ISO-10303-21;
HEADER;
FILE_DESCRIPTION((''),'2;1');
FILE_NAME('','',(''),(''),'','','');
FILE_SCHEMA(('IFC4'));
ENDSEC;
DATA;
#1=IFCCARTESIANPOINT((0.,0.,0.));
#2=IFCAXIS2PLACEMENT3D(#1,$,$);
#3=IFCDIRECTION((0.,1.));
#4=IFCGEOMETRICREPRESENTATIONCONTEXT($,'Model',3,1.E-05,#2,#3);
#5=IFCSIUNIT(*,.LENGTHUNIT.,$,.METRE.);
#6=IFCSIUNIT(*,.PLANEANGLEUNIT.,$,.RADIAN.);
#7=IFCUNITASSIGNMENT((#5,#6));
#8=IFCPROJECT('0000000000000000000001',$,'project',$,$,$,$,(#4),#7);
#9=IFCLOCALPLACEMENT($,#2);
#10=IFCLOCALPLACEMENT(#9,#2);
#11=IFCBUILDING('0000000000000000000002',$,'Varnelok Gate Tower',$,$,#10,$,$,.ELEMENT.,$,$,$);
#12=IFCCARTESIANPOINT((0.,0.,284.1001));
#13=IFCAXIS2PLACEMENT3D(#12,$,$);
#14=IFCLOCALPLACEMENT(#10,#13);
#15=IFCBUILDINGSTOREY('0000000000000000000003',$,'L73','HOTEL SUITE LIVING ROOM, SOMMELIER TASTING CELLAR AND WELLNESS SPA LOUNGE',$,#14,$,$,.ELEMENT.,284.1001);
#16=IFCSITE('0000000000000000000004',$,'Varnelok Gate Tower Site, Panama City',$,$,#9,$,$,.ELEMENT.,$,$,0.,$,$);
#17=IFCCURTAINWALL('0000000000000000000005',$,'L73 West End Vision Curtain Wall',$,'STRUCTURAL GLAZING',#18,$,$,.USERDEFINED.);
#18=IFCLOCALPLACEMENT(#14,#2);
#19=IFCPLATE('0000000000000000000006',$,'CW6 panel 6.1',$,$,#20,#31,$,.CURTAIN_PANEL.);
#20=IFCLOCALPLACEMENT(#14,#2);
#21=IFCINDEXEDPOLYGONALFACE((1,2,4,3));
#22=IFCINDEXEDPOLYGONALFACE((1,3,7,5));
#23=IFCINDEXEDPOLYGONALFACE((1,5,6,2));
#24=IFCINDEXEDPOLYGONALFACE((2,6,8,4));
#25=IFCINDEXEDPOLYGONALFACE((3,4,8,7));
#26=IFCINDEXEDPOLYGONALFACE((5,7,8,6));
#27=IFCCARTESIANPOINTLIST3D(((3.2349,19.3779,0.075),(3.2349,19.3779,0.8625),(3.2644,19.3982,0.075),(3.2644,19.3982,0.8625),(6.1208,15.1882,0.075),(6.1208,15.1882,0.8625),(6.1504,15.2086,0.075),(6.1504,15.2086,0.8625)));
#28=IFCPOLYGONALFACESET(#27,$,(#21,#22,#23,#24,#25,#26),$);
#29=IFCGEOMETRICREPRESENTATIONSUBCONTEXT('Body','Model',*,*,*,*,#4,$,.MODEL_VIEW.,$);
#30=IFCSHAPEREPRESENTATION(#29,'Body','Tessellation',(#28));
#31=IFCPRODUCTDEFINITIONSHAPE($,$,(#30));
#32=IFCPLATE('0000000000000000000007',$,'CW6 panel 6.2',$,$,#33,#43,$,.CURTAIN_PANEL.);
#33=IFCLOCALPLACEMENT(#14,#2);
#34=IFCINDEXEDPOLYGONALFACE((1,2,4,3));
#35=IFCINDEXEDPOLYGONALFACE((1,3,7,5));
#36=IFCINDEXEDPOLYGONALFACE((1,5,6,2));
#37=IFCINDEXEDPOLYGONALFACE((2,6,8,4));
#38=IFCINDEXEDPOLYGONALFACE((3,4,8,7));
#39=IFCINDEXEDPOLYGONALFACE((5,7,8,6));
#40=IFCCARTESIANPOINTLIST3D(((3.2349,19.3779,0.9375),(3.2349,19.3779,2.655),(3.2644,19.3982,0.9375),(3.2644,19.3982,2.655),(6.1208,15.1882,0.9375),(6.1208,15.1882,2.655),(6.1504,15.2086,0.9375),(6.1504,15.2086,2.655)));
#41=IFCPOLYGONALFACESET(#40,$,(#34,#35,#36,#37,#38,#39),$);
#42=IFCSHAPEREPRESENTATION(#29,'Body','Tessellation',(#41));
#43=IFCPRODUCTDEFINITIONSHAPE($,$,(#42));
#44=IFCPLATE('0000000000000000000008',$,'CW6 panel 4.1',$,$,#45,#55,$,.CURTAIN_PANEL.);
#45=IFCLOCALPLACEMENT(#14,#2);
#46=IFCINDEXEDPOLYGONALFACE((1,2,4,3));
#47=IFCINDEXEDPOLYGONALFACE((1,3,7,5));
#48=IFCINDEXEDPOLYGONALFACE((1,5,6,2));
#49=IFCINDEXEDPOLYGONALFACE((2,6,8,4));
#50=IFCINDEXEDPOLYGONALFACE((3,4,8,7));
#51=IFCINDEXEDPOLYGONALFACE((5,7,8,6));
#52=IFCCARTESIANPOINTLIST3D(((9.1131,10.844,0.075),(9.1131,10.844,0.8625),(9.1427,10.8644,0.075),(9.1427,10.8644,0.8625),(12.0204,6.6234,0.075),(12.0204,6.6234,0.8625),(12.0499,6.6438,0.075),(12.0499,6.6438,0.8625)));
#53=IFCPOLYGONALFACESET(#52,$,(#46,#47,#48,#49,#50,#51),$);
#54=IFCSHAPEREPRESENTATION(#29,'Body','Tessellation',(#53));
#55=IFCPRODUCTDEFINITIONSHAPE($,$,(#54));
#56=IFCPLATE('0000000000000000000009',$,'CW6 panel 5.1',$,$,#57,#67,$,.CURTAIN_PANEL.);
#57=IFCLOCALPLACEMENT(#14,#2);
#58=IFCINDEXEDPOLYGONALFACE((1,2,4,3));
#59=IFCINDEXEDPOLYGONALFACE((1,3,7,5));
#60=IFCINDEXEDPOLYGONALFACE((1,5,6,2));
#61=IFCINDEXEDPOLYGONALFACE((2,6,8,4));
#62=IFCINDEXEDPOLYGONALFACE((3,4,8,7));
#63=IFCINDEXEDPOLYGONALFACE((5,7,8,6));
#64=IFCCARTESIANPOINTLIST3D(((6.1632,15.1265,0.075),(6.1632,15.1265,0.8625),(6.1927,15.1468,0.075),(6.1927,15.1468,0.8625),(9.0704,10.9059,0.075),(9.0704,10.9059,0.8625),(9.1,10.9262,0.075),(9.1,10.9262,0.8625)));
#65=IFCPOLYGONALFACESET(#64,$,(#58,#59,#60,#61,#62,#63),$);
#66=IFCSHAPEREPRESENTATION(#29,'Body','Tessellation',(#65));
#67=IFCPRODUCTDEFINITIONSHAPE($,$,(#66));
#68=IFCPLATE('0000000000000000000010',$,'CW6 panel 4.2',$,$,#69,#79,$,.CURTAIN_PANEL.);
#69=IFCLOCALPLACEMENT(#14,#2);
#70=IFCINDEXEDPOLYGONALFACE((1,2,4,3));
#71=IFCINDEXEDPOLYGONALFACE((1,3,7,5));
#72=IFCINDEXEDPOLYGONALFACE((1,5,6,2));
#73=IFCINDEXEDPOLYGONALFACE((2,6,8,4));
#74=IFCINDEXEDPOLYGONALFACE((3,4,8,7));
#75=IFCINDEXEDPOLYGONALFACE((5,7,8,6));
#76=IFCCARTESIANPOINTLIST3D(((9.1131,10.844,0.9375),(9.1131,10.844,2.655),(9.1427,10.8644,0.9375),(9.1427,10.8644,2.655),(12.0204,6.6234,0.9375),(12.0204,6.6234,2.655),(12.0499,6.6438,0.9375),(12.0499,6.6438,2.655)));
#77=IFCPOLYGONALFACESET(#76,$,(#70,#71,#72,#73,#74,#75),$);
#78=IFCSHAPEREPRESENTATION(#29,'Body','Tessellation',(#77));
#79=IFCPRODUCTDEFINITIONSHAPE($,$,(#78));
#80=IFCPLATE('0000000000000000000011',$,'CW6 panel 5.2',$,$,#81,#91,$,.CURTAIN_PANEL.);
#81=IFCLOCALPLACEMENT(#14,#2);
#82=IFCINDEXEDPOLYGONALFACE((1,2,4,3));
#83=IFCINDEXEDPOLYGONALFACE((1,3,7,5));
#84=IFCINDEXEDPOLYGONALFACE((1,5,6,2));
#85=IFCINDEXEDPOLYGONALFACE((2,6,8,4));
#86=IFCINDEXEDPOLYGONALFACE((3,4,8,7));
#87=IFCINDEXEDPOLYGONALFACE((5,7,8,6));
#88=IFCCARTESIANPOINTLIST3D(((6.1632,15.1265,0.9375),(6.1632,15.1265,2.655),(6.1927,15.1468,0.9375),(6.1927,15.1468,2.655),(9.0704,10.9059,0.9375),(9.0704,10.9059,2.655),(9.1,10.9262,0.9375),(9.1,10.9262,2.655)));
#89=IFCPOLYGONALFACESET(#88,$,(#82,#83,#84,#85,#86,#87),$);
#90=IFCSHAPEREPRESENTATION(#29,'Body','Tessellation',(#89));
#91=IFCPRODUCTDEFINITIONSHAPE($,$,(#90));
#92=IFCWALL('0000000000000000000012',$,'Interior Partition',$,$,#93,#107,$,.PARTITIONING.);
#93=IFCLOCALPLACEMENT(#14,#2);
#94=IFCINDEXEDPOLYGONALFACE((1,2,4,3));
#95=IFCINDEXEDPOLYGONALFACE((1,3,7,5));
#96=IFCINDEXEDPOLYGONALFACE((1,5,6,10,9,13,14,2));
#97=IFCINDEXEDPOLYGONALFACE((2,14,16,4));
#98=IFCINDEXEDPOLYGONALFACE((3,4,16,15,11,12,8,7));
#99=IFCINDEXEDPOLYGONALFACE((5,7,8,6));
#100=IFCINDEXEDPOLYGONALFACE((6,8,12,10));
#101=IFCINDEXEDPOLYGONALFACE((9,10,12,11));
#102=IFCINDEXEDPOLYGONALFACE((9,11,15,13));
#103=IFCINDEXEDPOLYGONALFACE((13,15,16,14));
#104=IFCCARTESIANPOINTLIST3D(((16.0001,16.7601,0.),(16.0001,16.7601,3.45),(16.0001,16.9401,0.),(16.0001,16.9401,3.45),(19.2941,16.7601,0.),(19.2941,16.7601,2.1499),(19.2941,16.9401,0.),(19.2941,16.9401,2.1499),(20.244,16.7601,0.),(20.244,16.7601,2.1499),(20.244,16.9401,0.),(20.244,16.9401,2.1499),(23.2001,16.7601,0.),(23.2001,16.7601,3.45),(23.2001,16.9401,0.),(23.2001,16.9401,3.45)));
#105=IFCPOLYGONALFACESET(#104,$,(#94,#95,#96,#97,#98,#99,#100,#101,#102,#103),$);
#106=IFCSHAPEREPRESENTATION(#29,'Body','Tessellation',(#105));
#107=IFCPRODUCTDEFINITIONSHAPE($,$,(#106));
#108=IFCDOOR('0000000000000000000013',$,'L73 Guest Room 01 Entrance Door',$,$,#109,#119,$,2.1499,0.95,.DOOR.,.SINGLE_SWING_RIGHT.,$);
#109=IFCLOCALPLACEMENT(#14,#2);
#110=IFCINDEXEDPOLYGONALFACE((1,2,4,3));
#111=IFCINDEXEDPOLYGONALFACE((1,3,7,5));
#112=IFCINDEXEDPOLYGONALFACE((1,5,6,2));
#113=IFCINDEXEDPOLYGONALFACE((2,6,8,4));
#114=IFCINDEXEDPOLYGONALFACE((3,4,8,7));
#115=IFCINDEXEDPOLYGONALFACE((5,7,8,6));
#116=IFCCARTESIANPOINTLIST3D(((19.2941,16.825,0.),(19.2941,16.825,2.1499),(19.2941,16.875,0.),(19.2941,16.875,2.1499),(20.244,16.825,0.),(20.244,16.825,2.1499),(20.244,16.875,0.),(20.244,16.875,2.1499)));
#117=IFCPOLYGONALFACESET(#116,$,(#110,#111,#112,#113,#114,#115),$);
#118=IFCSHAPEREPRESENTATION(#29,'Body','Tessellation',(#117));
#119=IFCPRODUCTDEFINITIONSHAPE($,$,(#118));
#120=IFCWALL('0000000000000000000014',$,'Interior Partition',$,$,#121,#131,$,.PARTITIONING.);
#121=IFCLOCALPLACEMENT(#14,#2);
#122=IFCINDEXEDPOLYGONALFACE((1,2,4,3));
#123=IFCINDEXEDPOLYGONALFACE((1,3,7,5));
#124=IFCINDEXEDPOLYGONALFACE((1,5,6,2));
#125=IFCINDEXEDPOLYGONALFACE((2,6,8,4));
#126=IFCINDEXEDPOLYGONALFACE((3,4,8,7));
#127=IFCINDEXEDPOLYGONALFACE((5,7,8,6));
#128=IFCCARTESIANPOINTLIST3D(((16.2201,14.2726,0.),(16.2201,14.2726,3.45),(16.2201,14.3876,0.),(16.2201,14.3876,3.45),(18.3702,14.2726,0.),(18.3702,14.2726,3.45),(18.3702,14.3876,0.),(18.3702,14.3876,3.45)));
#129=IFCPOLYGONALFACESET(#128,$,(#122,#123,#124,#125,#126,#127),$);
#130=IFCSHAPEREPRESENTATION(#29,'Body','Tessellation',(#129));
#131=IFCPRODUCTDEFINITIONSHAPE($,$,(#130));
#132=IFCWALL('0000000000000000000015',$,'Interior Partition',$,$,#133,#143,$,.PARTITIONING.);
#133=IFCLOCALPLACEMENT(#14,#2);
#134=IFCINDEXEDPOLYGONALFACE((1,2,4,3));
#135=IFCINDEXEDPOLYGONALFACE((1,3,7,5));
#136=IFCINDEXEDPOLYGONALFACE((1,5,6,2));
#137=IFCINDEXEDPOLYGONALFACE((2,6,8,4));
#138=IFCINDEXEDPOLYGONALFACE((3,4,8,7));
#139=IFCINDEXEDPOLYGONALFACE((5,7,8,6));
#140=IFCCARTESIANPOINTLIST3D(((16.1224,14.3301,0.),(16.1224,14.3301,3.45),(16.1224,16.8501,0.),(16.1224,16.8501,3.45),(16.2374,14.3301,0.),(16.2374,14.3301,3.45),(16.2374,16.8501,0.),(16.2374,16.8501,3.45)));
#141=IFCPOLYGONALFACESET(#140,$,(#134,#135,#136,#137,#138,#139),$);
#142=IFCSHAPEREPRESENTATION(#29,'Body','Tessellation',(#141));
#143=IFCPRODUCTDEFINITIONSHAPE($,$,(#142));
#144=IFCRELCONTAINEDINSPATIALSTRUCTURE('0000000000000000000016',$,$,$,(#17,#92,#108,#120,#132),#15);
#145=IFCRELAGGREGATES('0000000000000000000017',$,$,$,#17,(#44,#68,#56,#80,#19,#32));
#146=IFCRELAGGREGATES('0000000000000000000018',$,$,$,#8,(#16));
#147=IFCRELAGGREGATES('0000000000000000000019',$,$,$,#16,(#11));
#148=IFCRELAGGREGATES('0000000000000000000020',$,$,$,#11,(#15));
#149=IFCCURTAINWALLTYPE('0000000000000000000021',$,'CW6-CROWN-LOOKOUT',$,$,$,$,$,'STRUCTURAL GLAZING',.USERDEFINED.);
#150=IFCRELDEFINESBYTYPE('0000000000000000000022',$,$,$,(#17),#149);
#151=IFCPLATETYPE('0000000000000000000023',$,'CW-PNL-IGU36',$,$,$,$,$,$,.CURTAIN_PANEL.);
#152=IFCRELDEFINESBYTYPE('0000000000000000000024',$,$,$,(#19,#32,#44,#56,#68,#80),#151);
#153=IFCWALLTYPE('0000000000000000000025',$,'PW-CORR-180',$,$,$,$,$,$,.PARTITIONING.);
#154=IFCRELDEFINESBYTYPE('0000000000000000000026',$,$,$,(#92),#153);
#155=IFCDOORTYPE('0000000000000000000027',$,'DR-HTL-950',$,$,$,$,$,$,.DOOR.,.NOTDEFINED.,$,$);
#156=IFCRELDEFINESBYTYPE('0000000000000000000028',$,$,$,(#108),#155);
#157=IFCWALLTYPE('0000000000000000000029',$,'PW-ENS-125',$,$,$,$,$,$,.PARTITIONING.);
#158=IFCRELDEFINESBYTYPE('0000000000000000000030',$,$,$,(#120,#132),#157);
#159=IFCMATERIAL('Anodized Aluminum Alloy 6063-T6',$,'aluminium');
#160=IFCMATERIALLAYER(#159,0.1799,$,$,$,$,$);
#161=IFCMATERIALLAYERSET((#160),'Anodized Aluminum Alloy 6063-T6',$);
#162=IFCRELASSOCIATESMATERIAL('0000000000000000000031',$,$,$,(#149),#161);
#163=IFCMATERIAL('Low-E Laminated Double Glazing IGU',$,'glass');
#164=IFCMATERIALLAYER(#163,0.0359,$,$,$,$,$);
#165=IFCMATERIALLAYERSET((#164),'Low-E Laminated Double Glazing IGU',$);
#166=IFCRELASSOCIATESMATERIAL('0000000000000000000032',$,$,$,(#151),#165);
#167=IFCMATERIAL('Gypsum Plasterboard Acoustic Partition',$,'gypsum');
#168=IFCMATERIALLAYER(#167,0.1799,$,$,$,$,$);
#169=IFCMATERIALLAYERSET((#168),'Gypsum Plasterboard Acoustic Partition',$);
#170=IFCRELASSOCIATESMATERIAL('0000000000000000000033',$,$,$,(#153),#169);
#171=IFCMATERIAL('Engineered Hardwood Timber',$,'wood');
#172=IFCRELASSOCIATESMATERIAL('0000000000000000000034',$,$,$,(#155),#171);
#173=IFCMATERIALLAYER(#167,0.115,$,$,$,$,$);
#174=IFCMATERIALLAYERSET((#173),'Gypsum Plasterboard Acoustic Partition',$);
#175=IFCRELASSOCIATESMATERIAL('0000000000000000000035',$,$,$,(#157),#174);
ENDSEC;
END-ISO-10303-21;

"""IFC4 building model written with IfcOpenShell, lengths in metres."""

from ifc_helpers import new_model, si_unit, direction, frame, frame_2d, origin, origin_2d, place, context, subcontext, project, spatial, rectangle, extrude, source, transform, mapped, material, layer, layer_set, type_object, element, fill, aggregate, save


model = new_model("IFC4")

# Units and contexts
model_context = context("Model", 3, precision=1e-05, world=origin(), true_north=direction((0.0, 1.0)))
body_context = subcontext(model_context, "Body", "Model", "MODEL_VIEW")
ifc_project = project(units=[si_unit("LENGTHUNIT", "METRE"), si_unit("PLANEANGLEUNIT", "RADIAN")], contexts=[model_context])

# Site, building, storey
site_placement = place(None, origin())
site = spatial("IfcSite", under=ifc_project, at=site_placement, Name="Varnelok Gate Tower Site, Panama City", CompositionType="ELEMENT", RefElevation=0.0)
building_placement = place(site_placement, origin())
building = spatial("IfcBuilding", under=site, at=building_placement, Name="Varnelok Gate Tower", CompositionType="ELEMENT")
storey_placement = place(building_placement, frame((0.0, 0.0, 284.1001)))
storey = spatial("IfcBuildingStorey", under=building, at=storey_placement, Name="L73", Description="HOTEL SUITE LIVING ROOM, SOMMELIER TASTING CELLAR AND WELLNESS SPA LOUNGE", CompositionType="ELEMENT", Elevation=284.1001)

# Curtain wall, plates
ifc_material_1 = material(Name="Anodized Aluminum Alloy 6063-T6", Category="aluminium")
ifc_layer_1 = layer(ifc_material_1, 0.1799)
ifc_layer_set_1 = layer_set([ifc_layer_1], Name="Anodized Aluminum Alloy 6063-T6")
curtain_wall_type = type_object("IfcCurtainWallType", Name="CW6-CROWN-LOOKOUT", ElementType="STRUCTURAL GLAZING", PredefinedType="USERDEFINED", material=ifc_layer_set_1)
curtain_wall_placement = place(storey_placement, origin())
curtain_wall = element("IfcCurtainWall", 1, at=curtain_wall_placement, inside=storey, type_object=curtain_wall_type, Name="L73 West End Vision Curtain Wall", ObjectType="STRUCTURAL GLAZING", PredefinedType="USERDEFINED")
ifc_material_2 = material(Name="Low-E Laminated Double Glazing IGU", Category="glass")
ifc_layer_2 = layer(ifc_material_2, 0.0359)
ifc_layer_set_2 = layer_set([ifc_layer_2], Name="Low-E Laminated Double Glazing IGU")
plate_type = type_object("IfcPlateType", Name="CW-PNL-IGU36", PredefinedType="CURTAIN_PANEL", material=ifc_layer_set_2)
shared_shape_1 = source(origin(), body_context, "Body", "SweptSolid", [
    extrude(rectangle(XDim=5.0874, YDim=0.0359, at=origin_2d()), origin(), (0.0, 0.0, 1.0), 0.7876),
])
plate_1_placement = place(storey_placement, frame((4.6926, 17.2932, 0.075), z_axis=(0.0, 0.0, 1.0), x_axis=(-0.567269, 0.823532, 0.0)))
plate_1 = element("IfcPlate", 2, at=plate_1_placement, type_object=plate_type, Name="CW6 panel 6.1", PredefinedType="CURTAIN_PANEL", context=body_context, shape_type="MappedRepresentation", body=[
    mapped(shared_shape_1, transform((0.0, 0.0, 0.0), scale=1.0)),
])
shared_shape_2 = source(origin(), body_context, "Body", "SweptSolid", [
    extrude(rectangle(XDim=5.0874, YDim=0.0359, at=origin_2d()), origin(), (0.0, 0.0, 1.0), 1.7175),
])
plate_2_placement = place(storey_placement, frame((4.6926, 17.2932, 0.9375), z_axis=(0.0, 0.0, 1.0), x_axis=(-0.567269, 0.823532, 0.0)))
plate_2 = element("IfcPlate", 3, at=plate_2_placement, type_object=plate_type, Name="CW6 panel 6.2", PredefinedType="CURTAIN_PANEL", context=body_context, shape_type="MappedRepresentation", body=[
    mapped(shared_shape_2, transform((0.0, 0.0, 0.0), scale=1.0)),
])
shared_shape_3 = source(origin(), body_context, "Body", "SweptSolid", [
    extrude(rectangle(XDim=5.125, YDim=0.0359, at=origin_2d()), origin(), (0.0, 0.0, 1.0), 0.7876),
])
plate_3_placement = place(storey_placement, frame((10.5815, 8.7439, 0.075), z_axis=(0.0, 0.0, 1.0), x_axis=(-0.567269, 0.823532, 0.0)))
plate_3 = element("IfcPlate", 4, at=plate_3_placement, type_object=plate_type, Name="CW6 panel 4.1", PredefinedType="CURTAIN_PANEL", context=body_context, shape_type="MappedRepresentation", body=[
    mapped(shared_shape_3, transform((0.0, 0.0, 0.0), scale=1.0)),
])
plate_4_placement = place(storey_placement, frame((7.6316, 13.0264, 0.075), z_axis=(0.0, 0.0, 1.0), x_axis=(-0.567269, 0.823532, 0.0)))
plate_4 = element("IfcPlate", 5, at=plate_4_placement, type_object=plate_type, Name="CW6 panel 5.1", PredefinedType="CURTAIN_PANEL", context=body_context, shape_type="MappedRepresentation", body=[
    mapped(shared_shape_3, transform((0.0, 0.0, 0.0), scale=1.0)),
])
shared_shape_4 = source(origin(), body_context, "Body", "SweptSolid", [
    extrude(rectangle(XDim=5.125, YDim=0.0359, at=origin_2d()), origin(), (0.0, 0.0, 1.0), 1.7175),
])
plate_5_placement = place(storey_placement, frame((10.5815, 8.7439, 0.9375), z_axis=(0.0, 0.0, 1.0), x_axis=(-0.567269, 0.823532, 0.0)))
plate_5 = element("IfcPlate", 6, at=plate_5_placement, type_object=plate_type, Name="CW6 panel 4.2", PredefinedType="CURTAIN_PANEL", context=body_context, shape_type="MappedRepresentation", body=[
    mapped(shared_shape_4, transform((0.0, 0.0, 0.0), scale=1.0)),
])
plate_6_placement = place(storey_placement, frame((7.6316, 13.0264, 0.9375), z_axis=(0.0, 0.0, 1.0), x_axis=(-0.567269, 0.823532, 0.0)))
plate_6 = element("IfcPlate", 7, at=plate_6_placement, type_object=plate_type, Name="CW6 panel 5.2", PredefinedType="CURTAIN_PANEL", context=body_context, shape_type="MappedRepresentation", body=[
    mapped(shared_shape_4, transform((0.0, 0.0, 0.0), scale=1.0)),
])
aggregate(curtain_wall, [plate_3, plate_5, plate_4, plate_6, plate_1, plate_2])

# Wall, opening, door
ifc_material_3 = material(Name="Gypsum Plasterboard Acoustic Partition", Category="gypsum")
ifc_layer_3 = layer(ifc_material_3, 0.1799)
ifc_layer_set_3 = layer_set([ifc_layer_3], Name="Gypsum Plasterboard Acoustic Partition")
wall_type_1 = type_object("IfcWallType", Name="PW-CORR-180", PredefinedType="PARTITIONING", material=ifc_layer_set_3)
wall_1_placement = place(storey_placement, frame((16.0, 16.8501, 0.0), z_axis=(0.0, 0.0, 1.0), x_axis=(1.0, 0.0, 0.0)))
wall_1 = element("IfcWall", 8, at=wall_1_placement, inside=storey, type_object=wall_type_1, Name="Interior Partition", PredefinedType="PARTITIONING", context=body_context, shape_type="SweptSolid", body=[
    extrude(rectangle(XDim=7.2, YDim=0.1799, at=frame_2d((3.6001, 0.0))), origin(), (0.0, 0.0, 1.0), 3.45),
])
opening_placement = place(wall_1_placement, frame((3.2939, 0.0, 0.0)))
opening = element("IfcOpeningElement", 9, at=opening_placement, cuts=wall_1, PredefinedType="OPENING", context=body_context, shape_type="SweptSolid", body=[
    extrude(rectangle(XDim=0.95, YDim=2.1499, at=frame_2d((0.4751, 1.075))), frame((0.0, 0.0999, 0.0), z_axis=(0.0, -1.0, 0.0), x_axis=(1.0, 0.0, 0.0)), (0.0, 0.0, 1.0), 0.2),
])
ifc_material_4 = material(Name="Engineered Hardwood Timber", Category="wood")
door_type = type_object("IfcDoorType", Name="DR-HTL-950", OperationType="NOTDEFINED", PredefinedType="DOOR", material=ifc_material_4)
door_placement = place(opening_placement, origin())
door = element("IfcDoor", 10, at=door_placement, inside=storey, type_object=door_type, Name="L73 Guest Room 01 Entrance Door", OperationType="SINGLE_SWING_RIGHT", OverallHeight=2.1499, OverallWidth=0.95, PredefinedType="DOOR", context=body_context, shape_type="SweptSolid", body=[
    extrude(rectangle(XDim=0.95, YDim=2.1499, at=frame_2d((0.4751, 1.075))), frame((0.0, 0.0249, 0.0), z_axis=(0.0, -1.0, 0.0), x_axis=(1.0, 0.0, 0.0)), (0.0, 0.0, 1.0), 0.05),
])
fill(opening, door)

# Walls
ifc_layer_4 = layer(ifc_material_3, 0.115)
ifc_layer_set_4 = layer_set([ifc_layer_4], Name="Gypsum Plasterboard Acoustic Partition")
wall_type_2 = type_object("IfcWallType", Name="PW-ENS-125", PredefinedType="PARTITIONING", material=ifc_layer_set_4)
wall_2_placement = place(storey_placement, frame((16.22, 14.3301, 0.0), z_axis=(0.0, 0.0, 1.0), x_axis=(1.0, 0.0, 0.0)))
element("IfcWall", 11, at=wall_2_placement, inside=storey, type_object=wall_type_2, Name="Interior Partition", PredefinedType="PARTITIONING", context=body_context, shape_type="SweptSolid", body=[
    extrude(rectangle(XDim=2.1501, YDim=0.115, at=frame_2d((1.0752, 0.0))), origin(), (0.0, 0.0, 1.0), 3.45),
])
wall_3_placement = place(storey_placement, frame((16.1799, 14.3301, 0.0), z_axis=(0.0, 0.0, 1.0), x_axis=(0.0, 1.0, 0.0)))
element("IfcWall", 12, at=wall_3_placement, inside=storey, type_object=wall_type_2, Name="Interior Partition", PredefinedType="PARTITIONING", context=body_context, shape_type="SweptSolid", body=[
    extrude(rectangle(XDim=2.52, YDim=0.115, at=frame_2d((1.26, 0.0))), origin(), (0.0, 0.0, 1.0), 3.45),
])

save(model, "model.ifc")
